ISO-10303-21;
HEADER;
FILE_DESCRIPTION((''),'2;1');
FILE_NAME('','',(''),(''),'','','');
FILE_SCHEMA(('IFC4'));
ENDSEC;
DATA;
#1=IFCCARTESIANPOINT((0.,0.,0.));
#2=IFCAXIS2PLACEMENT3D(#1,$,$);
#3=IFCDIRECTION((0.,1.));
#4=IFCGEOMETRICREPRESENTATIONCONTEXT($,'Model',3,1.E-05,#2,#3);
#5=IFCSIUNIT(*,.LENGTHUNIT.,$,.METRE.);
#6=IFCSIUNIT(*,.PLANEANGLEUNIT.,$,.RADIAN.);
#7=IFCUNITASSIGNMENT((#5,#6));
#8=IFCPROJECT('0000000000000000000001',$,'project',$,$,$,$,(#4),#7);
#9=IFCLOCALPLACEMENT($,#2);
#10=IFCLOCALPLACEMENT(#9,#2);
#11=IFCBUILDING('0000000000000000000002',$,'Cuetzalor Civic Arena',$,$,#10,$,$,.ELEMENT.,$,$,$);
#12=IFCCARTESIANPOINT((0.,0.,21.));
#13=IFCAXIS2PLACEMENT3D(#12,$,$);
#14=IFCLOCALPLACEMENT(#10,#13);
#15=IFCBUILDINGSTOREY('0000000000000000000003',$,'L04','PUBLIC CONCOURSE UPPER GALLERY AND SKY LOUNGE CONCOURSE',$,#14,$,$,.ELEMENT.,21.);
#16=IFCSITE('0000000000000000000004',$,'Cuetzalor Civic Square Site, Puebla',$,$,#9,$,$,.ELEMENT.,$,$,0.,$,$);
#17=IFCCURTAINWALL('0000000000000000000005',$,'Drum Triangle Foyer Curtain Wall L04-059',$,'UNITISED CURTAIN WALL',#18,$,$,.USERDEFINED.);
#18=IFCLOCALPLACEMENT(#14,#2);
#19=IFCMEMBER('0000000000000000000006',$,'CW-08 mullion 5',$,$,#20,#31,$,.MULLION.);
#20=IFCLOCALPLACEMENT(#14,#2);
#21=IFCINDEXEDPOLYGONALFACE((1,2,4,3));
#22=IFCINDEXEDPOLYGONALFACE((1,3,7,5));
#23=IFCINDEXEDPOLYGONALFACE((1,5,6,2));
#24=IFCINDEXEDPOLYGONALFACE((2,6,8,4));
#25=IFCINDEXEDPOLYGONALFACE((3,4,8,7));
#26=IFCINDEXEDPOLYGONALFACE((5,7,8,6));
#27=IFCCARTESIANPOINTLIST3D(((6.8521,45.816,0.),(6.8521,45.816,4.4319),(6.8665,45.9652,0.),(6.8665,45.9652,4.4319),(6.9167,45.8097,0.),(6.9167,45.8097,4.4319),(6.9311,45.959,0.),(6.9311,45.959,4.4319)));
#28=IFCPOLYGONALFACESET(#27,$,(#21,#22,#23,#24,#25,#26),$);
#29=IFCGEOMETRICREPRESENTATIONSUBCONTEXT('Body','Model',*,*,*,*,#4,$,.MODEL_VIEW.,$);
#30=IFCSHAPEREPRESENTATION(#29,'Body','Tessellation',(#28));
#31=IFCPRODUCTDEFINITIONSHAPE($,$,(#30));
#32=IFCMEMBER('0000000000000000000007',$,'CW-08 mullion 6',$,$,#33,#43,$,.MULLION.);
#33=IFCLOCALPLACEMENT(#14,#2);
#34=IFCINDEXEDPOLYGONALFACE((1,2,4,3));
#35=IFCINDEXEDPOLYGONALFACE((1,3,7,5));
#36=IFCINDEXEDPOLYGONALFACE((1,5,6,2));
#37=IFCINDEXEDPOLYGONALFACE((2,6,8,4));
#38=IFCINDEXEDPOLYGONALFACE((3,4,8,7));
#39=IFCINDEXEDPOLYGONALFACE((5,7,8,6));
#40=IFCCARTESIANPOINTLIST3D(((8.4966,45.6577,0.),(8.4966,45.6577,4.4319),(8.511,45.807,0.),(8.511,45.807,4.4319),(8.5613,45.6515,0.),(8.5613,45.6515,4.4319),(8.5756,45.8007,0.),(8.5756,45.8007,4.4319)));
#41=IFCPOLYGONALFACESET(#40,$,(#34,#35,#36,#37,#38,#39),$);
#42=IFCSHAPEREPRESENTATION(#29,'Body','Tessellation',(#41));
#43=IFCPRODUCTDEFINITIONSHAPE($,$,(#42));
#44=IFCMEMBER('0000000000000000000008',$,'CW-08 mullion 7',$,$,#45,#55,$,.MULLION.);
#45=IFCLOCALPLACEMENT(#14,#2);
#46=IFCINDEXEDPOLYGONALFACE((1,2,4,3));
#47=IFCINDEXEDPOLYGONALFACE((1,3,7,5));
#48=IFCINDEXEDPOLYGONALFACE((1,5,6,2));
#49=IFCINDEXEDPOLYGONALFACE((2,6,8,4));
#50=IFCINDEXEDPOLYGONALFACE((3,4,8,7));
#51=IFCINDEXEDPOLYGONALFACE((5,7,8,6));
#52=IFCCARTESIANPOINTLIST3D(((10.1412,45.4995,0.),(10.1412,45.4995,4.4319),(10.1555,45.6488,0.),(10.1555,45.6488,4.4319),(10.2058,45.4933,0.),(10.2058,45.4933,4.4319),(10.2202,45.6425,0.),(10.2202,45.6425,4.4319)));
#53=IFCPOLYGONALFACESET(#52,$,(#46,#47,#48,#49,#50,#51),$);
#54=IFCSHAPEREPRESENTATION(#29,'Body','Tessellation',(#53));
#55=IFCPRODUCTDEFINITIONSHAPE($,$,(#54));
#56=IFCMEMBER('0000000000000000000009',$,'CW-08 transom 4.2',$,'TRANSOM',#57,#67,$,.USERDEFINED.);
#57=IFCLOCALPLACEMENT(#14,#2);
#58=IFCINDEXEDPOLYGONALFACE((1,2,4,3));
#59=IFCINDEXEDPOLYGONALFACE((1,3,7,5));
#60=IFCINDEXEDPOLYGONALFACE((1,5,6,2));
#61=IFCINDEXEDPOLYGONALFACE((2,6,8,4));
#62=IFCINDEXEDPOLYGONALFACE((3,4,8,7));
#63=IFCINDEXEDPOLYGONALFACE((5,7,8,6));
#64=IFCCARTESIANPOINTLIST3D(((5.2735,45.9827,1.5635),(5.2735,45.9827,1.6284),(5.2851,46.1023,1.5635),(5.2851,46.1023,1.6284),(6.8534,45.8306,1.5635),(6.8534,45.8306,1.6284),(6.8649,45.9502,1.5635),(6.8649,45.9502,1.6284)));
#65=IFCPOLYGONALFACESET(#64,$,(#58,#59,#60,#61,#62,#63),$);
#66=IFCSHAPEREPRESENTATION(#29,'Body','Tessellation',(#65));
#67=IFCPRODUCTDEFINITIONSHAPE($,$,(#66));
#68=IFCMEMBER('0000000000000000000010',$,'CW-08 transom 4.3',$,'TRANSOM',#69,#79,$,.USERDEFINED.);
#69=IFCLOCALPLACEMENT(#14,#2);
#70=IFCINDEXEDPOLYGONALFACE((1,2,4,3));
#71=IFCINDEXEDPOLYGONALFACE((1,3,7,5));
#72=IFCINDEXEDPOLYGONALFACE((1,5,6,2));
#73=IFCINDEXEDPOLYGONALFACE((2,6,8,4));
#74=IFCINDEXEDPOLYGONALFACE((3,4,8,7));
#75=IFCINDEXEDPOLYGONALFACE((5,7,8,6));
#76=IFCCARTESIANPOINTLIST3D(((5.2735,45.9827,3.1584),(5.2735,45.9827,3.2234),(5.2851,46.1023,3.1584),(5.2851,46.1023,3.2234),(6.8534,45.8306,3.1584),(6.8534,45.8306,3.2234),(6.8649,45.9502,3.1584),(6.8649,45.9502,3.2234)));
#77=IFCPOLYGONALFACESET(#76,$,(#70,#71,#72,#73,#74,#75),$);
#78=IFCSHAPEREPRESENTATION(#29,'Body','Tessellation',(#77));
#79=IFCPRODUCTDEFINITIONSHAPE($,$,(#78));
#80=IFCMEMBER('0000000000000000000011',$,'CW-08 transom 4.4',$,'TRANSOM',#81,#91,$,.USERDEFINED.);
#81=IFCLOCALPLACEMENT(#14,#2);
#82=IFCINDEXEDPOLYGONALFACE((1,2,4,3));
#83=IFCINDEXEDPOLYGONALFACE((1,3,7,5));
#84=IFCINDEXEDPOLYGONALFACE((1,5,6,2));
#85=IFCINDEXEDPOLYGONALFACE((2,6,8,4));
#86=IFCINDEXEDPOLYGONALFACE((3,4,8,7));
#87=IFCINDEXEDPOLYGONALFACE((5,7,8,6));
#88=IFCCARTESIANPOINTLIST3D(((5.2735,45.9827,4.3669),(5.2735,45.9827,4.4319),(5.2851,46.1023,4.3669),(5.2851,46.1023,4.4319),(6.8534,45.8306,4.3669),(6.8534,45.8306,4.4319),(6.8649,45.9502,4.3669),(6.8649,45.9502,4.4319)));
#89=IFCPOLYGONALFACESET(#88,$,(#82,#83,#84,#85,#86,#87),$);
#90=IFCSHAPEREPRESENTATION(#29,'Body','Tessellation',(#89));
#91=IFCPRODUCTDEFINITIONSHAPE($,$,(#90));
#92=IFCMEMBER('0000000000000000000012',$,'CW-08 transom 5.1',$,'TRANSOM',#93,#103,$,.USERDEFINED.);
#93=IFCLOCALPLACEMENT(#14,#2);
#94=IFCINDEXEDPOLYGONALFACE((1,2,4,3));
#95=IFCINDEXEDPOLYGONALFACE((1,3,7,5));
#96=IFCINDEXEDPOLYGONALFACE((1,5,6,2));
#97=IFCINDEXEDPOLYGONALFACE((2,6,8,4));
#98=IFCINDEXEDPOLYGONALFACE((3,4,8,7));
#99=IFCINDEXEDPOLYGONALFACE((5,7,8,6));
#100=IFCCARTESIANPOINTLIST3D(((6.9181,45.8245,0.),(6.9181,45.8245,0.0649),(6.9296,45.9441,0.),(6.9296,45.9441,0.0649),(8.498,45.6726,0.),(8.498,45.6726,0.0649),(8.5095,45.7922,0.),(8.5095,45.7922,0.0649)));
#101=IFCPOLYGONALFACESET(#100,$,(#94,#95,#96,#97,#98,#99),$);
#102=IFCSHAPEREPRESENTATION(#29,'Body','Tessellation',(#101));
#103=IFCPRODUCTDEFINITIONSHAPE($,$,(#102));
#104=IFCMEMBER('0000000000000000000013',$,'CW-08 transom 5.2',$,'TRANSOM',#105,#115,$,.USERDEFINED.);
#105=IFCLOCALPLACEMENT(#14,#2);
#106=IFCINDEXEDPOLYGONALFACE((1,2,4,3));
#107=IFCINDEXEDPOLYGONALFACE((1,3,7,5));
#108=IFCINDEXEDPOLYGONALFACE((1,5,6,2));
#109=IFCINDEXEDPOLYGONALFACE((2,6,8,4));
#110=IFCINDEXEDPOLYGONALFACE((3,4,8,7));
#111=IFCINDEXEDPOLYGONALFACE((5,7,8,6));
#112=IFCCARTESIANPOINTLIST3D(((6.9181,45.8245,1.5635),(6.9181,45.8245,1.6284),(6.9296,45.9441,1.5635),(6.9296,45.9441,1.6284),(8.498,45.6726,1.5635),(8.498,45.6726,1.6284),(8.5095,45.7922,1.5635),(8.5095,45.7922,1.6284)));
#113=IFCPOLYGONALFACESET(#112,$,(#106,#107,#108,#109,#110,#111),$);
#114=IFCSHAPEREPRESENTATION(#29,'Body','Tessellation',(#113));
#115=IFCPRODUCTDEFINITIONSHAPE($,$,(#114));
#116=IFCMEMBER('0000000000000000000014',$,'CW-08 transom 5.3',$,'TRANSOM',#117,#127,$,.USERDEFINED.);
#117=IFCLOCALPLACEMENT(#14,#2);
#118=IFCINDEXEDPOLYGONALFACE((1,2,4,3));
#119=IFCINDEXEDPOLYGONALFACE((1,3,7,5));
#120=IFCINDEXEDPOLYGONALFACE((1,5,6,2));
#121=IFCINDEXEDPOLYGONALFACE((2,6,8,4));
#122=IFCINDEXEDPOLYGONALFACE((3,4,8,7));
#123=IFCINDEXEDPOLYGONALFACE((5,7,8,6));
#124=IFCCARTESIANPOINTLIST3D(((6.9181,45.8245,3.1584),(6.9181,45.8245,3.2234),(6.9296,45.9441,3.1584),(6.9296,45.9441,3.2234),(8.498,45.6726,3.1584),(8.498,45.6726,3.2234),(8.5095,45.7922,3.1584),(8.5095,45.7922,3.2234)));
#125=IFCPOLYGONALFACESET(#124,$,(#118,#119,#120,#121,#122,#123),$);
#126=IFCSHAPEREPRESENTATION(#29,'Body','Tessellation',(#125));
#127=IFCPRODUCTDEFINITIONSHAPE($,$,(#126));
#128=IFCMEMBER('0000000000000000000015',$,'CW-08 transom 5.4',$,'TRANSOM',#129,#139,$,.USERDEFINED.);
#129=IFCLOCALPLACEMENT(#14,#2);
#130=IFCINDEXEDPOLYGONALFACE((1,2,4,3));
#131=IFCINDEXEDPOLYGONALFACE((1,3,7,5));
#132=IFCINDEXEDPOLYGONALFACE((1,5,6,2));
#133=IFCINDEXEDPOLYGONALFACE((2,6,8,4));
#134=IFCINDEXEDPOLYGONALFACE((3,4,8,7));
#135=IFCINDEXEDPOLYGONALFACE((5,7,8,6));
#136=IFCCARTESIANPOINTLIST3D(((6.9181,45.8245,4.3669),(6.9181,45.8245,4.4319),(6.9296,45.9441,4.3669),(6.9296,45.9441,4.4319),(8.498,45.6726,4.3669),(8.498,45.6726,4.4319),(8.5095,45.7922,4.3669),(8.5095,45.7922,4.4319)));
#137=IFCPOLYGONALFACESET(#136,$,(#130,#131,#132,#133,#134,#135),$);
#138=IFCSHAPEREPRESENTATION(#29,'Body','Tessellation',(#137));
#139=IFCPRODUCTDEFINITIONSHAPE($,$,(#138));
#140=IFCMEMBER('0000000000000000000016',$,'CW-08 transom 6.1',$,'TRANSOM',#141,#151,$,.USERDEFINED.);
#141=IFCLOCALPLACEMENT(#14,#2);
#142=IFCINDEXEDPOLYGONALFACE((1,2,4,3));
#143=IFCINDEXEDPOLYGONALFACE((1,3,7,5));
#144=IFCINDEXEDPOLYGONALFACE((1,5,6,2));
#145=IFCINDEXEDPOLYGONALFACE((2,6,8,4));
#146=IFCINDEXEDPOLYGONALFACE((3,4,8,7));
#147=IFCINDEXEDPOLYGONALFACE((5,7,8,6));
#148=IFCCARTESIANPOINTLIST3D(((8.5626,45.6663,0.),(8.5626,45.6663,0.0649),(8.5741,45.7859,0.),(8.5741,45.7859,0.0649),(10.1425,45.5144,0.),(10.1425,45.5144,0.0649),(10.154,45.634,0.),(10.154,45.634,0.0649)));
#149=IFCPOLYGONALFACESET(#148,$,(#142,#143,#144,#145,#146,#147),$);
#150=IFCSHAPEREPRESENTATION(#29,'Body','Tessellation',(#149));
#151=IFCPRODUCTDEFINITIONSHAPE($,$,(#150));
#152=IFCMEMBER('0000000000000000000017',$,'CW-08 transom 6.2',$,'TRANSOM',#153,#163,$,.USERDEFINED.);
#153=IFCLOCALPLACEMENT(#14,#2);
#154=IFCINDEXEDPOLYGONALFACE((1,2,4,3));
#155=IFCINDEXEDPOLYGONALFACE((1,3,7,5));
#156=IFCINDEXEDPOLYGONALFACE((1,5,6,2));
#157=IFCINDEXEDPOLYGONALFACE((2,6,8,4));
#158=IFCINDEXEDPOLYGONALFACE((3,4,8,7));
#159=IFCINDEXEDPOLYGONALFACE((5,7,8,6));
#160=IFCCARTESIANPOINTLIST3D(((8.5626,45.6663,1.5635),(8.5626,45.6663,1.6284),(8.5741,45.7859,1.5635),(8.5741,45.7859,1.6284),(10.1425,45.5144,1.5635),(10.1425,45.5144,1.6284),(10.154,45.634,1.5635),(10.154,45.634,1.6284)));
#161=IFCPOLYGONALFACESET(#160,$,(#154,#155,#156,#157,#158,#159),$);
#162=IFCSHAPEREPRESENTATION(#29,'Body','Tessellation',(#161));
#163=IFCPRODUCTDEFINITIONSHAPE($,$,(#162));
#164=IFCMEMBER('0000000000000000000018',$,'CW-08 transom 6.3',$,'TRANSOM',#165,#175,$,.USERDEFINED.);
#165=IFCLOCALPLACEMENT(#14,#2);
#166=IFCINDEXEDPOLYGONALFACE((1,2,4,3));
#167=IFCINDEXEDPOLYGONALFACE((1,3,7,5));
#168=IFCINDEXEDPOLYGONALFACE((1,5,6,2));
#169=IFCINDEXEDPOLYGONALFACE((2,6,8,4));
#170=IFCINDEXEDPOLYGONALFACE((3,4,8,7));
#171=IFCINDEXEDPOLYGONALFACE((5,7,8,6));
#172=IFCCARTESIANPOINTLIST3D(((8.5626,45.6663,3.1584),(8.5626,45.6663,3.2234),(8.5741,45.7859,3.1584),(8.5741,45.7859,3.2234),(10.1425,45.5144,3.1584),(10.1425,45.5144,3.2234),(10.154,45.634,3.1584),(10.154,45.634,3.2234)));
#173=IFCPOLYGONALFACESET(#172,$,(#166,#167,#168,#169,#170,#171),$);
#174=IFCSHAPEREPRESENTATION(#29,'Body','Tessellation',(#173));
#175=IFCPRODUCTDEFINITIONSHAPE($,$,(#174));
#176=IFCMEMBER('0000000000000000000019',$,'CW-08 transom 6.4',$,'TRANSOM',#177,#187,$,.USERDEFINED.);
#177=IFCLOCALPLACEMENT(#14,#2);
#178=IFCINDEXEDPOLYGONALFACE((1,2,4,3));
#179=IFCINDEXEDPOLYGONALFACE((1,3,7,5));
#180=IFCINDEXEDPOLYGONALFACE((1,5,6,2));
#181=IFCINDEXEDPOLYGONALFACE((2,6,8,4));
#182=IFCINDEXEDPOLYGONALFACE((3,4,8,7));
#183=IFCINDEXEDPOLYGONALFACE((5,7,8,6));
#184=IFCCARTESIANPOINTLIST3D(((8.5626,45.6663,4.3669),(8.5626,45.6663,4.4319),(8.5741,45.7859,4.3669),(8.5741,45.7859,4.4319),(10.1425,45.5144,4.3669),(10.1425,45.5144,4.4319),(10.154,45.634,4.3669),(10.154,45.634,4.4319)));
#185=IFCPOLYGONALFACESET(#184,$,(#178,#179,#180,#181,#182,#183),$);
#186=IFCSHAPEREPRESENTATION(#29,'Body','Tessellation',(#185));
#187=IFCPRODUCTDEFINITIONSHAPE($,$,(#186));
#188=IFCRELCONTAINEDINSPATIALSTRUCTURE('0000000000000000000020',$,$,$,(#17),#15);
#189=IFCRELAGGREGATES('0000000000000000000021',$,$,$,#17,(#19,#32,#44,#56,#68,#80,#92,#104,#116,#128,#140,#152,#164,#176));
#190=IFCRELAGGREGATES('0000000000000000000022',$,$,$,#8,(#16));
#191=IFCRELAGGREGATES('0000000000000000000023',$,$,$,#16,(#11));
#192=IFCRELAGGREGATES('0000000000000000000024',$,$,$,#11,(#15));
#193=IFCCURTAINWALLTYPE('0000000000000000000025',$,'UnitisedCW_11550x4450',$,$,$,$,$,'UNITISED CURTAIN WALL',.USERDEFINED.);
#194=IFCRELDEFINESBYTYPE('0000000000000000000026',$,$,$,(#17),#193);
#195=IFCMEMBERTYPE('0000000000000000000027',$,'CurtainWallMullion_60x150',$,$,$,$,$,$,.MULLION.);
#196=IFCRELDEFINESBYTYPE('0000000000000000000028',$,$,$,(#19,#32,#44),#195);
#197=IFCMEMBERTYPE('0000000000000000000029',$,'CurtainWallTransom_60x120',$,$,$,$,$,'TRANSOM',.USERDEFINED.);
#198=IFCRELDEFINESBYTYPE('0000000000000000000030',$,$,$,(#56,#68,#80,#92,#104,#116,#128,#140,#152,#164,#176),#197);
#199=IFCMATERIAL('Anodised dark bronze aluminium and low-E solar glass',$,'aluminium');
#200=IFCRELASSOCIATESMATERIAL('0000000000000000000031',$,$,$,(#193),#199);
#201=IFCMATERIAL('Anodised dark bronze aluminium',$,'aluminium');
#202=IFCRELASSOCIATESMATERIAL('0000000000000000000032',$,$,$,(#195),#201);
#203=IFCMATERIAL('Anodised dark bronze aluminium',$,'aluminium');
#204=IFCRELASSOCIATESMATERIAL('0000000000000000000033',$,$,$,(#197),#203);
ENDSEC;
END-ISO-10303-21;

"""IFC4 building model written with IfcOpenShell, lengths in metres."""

from ifc_helpers import new_model, si_unit, direction, frame, origin, origin_2d, place, context, subcontext, project, spatial, rectangle, extrude, material, material_profile, profile_set, type_object, element, aggregate, save


model = new_model("IFC4")

# Units and contexts
model_context = context("Model", 3, precision=1e-05, world=origin(), true_north=direction((0.0, 1.0)))
body_context = subcontext(model_context, "Body", "Model", "MODEL_VIEW")
ifc_project = project(units=[si_unit("LENGTHUNIT", "METRE"), si_unit("PLANEANGLEUNIT", "RADIAN")], contexts=[model_context])

# Site, building, storey
site_placement = place(None, origin())
site = spatial("IfcSite", under=ifc_project, at=site_placement, Name="Cuetzalor Civic Square Site, Puebla", CompositionType="ELEMENT", RefElevation=0.0)
building_placement = place(site_placement, origin())
building = spatial("IfcBuilding", under=site, at=building_placement, Name="Cuetzalor Civic Arena", CompositionType="ELEMENT")
storey_placement = place(building_placement, frame((0.0, 0.0, 21.0)))
storey = spatial("IfcBuildingStorey", under=building, at=storey_placement, Name="L04", Description="PUBLIC CONCOURSE UPPER GALLERY AND SKY LOUNGE CONCOURSE", CompositionType="ELEMENT", Elevation=21.0)

# Curtain wall, members
ifc_material_1 = material(Name="Anodised dark bronze aluminium and low-E solar glass", Category="aluminium")
curtain_wall_type = type_object("IfcCurtainWallType", Name="UnitisedCW_11550x4450", ElementType="UNITISED CURTAIN WALL", PredefinedType="USERDEFINED", material=ifc_material_1)
curtain_wall_placement = place(storey_placement, origin())
curtain_wall = element("IfcCurtainWall", 1, at=curtain_wall_placement, inside=storey, type_object=curtain_wall_type, Name="Drum Triangle Foyer Curtain Wall L04-059", ObjectType="UNITISED CURTAIN WALL", PredefinedType="USERDEFINED")
ifc_material_2 = material(Name="Anodised dark bronze aluminium", Category="aluminium")
ifc_material_profile_1 = material_profile(ifc_material_2, rectangle(XDim=0.0649, YDim=0.1499, at=origin_2d()), Name="ALU MULLION 65x150")
ifc_profile_set_1 = profile_set([ifc_material_profile_1], Name="Anodised dark bronze aluminium")
member_type_1 = type_object("IfcMemberType", Name="CurtainWallMullion_60x150", PredefinedType="MULLION", material=ifc_profile_set_1)
member_1_placement = place(storey_placement, frame((6.8916, 45.8875, 0.0), z_axis=(0.0, 0.0, 1.0), x_axis=(0.995409, -0.095711, 0.0)))
member_1 = element("IfcMember", 2, at=member_1_placement, type_object=member_type_1, Name="CW-08 mullion 5", PredefinedType="MULLION", context=body_context, shape_type="SweptSolid", body=[
    extrude(rectangle(XDim=0.0649, YDim=0.1499, at=origin_2d()), origin(), (0.0, 0.0, 1.0), 4.4319),
])
member_2_placement = place(storey_placement, frame((8.5361, 45.7292, 0.0), z_axis=(0.0, 0.0, 1.0), x_axis=(0.995409, -0.095711, 0.0)))
member_2 = element("IfcMember", 3, at=member_2_placement, type_object=member_type_1, Name="CW-08 mullion 6", PredefinedType="MULLION", context=body_context, shape_type="SweptSolid", body=[
    extrude(rectangle(XDim=0.0649, YDim=0.1499, at=origin_2d()), origin(), (0.0, 0.0, 1.0), 4.4319),
])
member_3_placement = place(storey_placement, frame((10.1807, 45.571, 0.0), z_axis=(0.0, 0.0, 1.0), x_axis=(0.995409, -0.095711, 0.0)))
member_3 = element("IfcMember", 4, at=member_3_placement, type_object=member_type_1, Name="CW-08 mullion 7", PredefinedType="MULLION", context=body_context, shape_type="SweptSolid", body=[
    extrude(rectangle(XDim=0.0649, YDim=0.1499, at=origin_2d()), origin(), (0.0, 0.0, 1.0), 4.4319),
])
ifc_material_3 = material(Name="Anodised dark bronze aluminium", Category="aluminium")
ifc_material_profile_2 = material_profile(ifc_material_3, rectangle(XDim=0.1201, YDim=0.0649, at=origin_2d()), Name="ALU TRANSOM 65x120")
ifc_profile_set_2 = profile_set([ifc_material_profile_2], Name="Anodised dark bronze aluminium")
member_type_2 = type_object("IfcMemberType", Name="CurtainWallTransom_60x120", ElementType="TRANSOM", PredefinedType="USERDEFINED", material=ifc_profile_set_2)
member_4_placement = place(storey_placement, frame((5.2793, 46.0425, 1.5959), z_axis=(0.995397, -0.095833, 0.0), x_axis=(0.095833, 0.995397, 0.0)))
member_4 = element("IfcMember", 5, at=member_4_placement, type_object=member_type_2, Name="CW-08 transom 4.2", ObjectType="TRANSOM", PredefinedType="USERDEFINED", context=body_context, shape_type="SweptSolid", body=[
    extrude(rectangle(XDim=0.1201, YDim=0.0649, at=origin_2d()), origin(), (0.0, 0.0, 1.0), 1.5872),
])
member_5_placement = place(storey_placement, frame((5.2793, 46.0425, 3.1909), z_axis=(0.995397, -0.095833, 0.0), x_axis=(0.095833, 0.995397, 0.0)))
member_5 = element("IfcMember", 6, at=member_5_placement, type_object=member_type_2, Name="CW-08 transom 4.3", ObjectType="TRANSOM", PredefinedType="USERDEFINED", context=body_context, shape_type="SweptSolid", body=[
    extrude(rectangle(XDim=0.1201, YDim=0.0649, at=origin_2d()), origin(), (0.0, 0.0, 1.0), 1.5872),
])
member_6_placement = place(storey_placement, frame((5.2793, 46.0425, 4.3994), z_axis=(0.995397, -0.095833, 0.0), x_axis=(0.095833, 0.995397, 0.0)))
member_6 = element("IfcMember", 7, at=member_6_placement, type_object=member_type_2, Name="CW-08 transom 4.4", ObjectType="TRANSOM", PredefinedType="USERDEFINED", context=body_context, shape_type="SweptSolid", body=[
    extrude(rectangle(XDim=0.1201, YDim=0.0649, at=origin_2d()), origin(), (0.0, 0.0, 1.0), 1.5872),
])
member_7_placement = place(storey_placement, frame((6.9238, 45.8843, 0.0325), z_axis=(0.995412, -0.09568, 0.0), x_axis=(0.09568, 0.995412, 0.0)))
member_7 = element("IfcMember", 8, at=member_7_placement, type_object=member_type_2, Name="CW-08 transom 5.1", ObjectType="TRANSOM", PredefinedType="USERDEFINED", context=body_context, shape_type="SweptSolid", body=[
    extrude(rectangle(XDim=0.1201, YDim=0.0649, at=origin_2d()), origin(), (0.0, 0.0, 1.0), 1.5872),
])
member_8_placement = place(storey_placement, frame((6.9238, 45.8843, 1.5959), z_axis=(0.995412, -0.09568, 0.0), x_axis=(0.09568, 0.995412, 0.0)))
member_8 = element("IfcMember", 9, at=member_8_placement, type_object=member_type_2, Name="CW-08 transom 5.2", ObjectType="TRANSOM", PredefinedType="USERDEFINED", context=body_context, shape_type="SweptSolid", body=[
    extrude(rectangle(XDim=0.1201, YDim=0.0649, at=origin_2d()), origin(), (0.0, 0.0, 1.0), 1.5872),
])
member_9_placement = place(storey_placement, frame((6.9238, 45.8843, 3.1909), z_axis=(0.995412, -0.09568, 0.0), x_axis=(0.09568, 0.995412, 0.0)))
member_9 = element("IfcMember", 10, at=member_9_placement, type_object=member_type_2, Name="CW-08 transom 5.3", ObjectType="TRANSOM", PredefinedType="USERDEFINED", context=body_context, shape_type="SweptSolid", body=[
    extrude(rectangle(XDim=0.1201, YDim=0.0649, at=origin_2d()), origin(), (0.0, 0.0, 1.0), 1.5872),
])
member_10_placement = place(storey_placement, frame((6.9238, 45.8843, 4.3994), z_axis=(0.995412, -0.09568, 0.0), x_axis=(0.09568, 0.995412, 0.0)))
member_10 = element("IfcMember", 11, at=member_10_placement, type_object=member_type_2, Name="CW-08 transom 5.4", ObjectType="TRANSOM", PredefinedType="USERDEFINED", context=body_context, shape_type="SweptSolid", body=[
    extrude(rectangle(XDim=0.1201, YDim=0.0649, at=origin_2d()), origin(), (0.0, 0.0, 1.0), 1.5872),
])
member_11_placement = place(storey_placement, frame((8.5684, 45.7261, 0.0325), z_axis=(0.995412, -0.09568, 0.0), x_axis=(0.09568, 0.995412, 0.0)))
member_11 = element("IfcMember", 12, at=member_11_placement, type_object=member_type_2, Name="CW-08 transom 6.1", ObjectType="TRANSOM", PredefinedType="USERDEFINED", context=body_context, shape_type="SweptSolid", body=[
    extrude(rectangle(XDim=0.1201, YDim=0.0649, at=origin_2d()), origin(), (0.0, 0.0, 1.0), 1.5872),
])
member_12_placement = place(storey_placement, frame((8.5684, 45.7261, 1.5959), z_axis=(0.995412, -0.09568, 0.0), x_axis=(0.09568, 0.995412, 0.0)))
member_12 = element("IfcMember", 13, at=member_12_placement, type_object=member_type_2, Name="CW-08 transom 6.2", ObjectType="TRANSOM", PredefinedType="USERDEFINED", context=body_context, shape_type="SweptSolid", body=[
    extrude(rectangle(XDim=0.1201, YDim=0.0649, at=origin_2d()), origin(), (0.0, 0.0, 1.0), 1.5872),
])
member_13_placement = place(storey_placement, frame((8.5684, 45.7261, 3.1909), z_axis=(0.995412, -0.09568, 0.0), x_axis=(0.09568, 0.995412, 0.0)))
member_13 = element("IfcMember", 14, at=member_13_placement, type_object=member_type_2, Name="CW-08 transom 6.3", ObjectType="TRANSOM", PredefinedType="USERDEFINED", context=body_context, shape_type="SweptSolid", body=[
    extrude(rectangle(XDim=0.1201, YDim=0.0649, at=origin_2d()), origin(), (0.0, 0.0, 1.0), 1.5872),
])
member_14_placement = place(storey_placement, frame((8.5684, 45.7261, 4.3994), z_axis=(0.995412, -0.09568, 0.0), x_axis=(0.09568, 0.995412, 0.0)))
member_14 = element("IfcMember", 15, at=member_14_placement, type_object=member_type_2, Name="CW-08 transom 6.4", ObjectType="TRANSOM", PredefinedType="USERDEFINED", context=body_context, shape_type="SweptSolid", body=[
    extrude(rectangle(XDim=0.1201, YDim=0.0649, at=origin_2d()), origin(), (0.0, 0.0, 1.0), 1.5872),
])

aggregate(curtain_wall, [member_1, member_2, member_3, member_4, member_5, member_6, member_7, member_8, member_9, member_10, member_11, member_12, member_13, member_14])

save(model, "model.ifc")
